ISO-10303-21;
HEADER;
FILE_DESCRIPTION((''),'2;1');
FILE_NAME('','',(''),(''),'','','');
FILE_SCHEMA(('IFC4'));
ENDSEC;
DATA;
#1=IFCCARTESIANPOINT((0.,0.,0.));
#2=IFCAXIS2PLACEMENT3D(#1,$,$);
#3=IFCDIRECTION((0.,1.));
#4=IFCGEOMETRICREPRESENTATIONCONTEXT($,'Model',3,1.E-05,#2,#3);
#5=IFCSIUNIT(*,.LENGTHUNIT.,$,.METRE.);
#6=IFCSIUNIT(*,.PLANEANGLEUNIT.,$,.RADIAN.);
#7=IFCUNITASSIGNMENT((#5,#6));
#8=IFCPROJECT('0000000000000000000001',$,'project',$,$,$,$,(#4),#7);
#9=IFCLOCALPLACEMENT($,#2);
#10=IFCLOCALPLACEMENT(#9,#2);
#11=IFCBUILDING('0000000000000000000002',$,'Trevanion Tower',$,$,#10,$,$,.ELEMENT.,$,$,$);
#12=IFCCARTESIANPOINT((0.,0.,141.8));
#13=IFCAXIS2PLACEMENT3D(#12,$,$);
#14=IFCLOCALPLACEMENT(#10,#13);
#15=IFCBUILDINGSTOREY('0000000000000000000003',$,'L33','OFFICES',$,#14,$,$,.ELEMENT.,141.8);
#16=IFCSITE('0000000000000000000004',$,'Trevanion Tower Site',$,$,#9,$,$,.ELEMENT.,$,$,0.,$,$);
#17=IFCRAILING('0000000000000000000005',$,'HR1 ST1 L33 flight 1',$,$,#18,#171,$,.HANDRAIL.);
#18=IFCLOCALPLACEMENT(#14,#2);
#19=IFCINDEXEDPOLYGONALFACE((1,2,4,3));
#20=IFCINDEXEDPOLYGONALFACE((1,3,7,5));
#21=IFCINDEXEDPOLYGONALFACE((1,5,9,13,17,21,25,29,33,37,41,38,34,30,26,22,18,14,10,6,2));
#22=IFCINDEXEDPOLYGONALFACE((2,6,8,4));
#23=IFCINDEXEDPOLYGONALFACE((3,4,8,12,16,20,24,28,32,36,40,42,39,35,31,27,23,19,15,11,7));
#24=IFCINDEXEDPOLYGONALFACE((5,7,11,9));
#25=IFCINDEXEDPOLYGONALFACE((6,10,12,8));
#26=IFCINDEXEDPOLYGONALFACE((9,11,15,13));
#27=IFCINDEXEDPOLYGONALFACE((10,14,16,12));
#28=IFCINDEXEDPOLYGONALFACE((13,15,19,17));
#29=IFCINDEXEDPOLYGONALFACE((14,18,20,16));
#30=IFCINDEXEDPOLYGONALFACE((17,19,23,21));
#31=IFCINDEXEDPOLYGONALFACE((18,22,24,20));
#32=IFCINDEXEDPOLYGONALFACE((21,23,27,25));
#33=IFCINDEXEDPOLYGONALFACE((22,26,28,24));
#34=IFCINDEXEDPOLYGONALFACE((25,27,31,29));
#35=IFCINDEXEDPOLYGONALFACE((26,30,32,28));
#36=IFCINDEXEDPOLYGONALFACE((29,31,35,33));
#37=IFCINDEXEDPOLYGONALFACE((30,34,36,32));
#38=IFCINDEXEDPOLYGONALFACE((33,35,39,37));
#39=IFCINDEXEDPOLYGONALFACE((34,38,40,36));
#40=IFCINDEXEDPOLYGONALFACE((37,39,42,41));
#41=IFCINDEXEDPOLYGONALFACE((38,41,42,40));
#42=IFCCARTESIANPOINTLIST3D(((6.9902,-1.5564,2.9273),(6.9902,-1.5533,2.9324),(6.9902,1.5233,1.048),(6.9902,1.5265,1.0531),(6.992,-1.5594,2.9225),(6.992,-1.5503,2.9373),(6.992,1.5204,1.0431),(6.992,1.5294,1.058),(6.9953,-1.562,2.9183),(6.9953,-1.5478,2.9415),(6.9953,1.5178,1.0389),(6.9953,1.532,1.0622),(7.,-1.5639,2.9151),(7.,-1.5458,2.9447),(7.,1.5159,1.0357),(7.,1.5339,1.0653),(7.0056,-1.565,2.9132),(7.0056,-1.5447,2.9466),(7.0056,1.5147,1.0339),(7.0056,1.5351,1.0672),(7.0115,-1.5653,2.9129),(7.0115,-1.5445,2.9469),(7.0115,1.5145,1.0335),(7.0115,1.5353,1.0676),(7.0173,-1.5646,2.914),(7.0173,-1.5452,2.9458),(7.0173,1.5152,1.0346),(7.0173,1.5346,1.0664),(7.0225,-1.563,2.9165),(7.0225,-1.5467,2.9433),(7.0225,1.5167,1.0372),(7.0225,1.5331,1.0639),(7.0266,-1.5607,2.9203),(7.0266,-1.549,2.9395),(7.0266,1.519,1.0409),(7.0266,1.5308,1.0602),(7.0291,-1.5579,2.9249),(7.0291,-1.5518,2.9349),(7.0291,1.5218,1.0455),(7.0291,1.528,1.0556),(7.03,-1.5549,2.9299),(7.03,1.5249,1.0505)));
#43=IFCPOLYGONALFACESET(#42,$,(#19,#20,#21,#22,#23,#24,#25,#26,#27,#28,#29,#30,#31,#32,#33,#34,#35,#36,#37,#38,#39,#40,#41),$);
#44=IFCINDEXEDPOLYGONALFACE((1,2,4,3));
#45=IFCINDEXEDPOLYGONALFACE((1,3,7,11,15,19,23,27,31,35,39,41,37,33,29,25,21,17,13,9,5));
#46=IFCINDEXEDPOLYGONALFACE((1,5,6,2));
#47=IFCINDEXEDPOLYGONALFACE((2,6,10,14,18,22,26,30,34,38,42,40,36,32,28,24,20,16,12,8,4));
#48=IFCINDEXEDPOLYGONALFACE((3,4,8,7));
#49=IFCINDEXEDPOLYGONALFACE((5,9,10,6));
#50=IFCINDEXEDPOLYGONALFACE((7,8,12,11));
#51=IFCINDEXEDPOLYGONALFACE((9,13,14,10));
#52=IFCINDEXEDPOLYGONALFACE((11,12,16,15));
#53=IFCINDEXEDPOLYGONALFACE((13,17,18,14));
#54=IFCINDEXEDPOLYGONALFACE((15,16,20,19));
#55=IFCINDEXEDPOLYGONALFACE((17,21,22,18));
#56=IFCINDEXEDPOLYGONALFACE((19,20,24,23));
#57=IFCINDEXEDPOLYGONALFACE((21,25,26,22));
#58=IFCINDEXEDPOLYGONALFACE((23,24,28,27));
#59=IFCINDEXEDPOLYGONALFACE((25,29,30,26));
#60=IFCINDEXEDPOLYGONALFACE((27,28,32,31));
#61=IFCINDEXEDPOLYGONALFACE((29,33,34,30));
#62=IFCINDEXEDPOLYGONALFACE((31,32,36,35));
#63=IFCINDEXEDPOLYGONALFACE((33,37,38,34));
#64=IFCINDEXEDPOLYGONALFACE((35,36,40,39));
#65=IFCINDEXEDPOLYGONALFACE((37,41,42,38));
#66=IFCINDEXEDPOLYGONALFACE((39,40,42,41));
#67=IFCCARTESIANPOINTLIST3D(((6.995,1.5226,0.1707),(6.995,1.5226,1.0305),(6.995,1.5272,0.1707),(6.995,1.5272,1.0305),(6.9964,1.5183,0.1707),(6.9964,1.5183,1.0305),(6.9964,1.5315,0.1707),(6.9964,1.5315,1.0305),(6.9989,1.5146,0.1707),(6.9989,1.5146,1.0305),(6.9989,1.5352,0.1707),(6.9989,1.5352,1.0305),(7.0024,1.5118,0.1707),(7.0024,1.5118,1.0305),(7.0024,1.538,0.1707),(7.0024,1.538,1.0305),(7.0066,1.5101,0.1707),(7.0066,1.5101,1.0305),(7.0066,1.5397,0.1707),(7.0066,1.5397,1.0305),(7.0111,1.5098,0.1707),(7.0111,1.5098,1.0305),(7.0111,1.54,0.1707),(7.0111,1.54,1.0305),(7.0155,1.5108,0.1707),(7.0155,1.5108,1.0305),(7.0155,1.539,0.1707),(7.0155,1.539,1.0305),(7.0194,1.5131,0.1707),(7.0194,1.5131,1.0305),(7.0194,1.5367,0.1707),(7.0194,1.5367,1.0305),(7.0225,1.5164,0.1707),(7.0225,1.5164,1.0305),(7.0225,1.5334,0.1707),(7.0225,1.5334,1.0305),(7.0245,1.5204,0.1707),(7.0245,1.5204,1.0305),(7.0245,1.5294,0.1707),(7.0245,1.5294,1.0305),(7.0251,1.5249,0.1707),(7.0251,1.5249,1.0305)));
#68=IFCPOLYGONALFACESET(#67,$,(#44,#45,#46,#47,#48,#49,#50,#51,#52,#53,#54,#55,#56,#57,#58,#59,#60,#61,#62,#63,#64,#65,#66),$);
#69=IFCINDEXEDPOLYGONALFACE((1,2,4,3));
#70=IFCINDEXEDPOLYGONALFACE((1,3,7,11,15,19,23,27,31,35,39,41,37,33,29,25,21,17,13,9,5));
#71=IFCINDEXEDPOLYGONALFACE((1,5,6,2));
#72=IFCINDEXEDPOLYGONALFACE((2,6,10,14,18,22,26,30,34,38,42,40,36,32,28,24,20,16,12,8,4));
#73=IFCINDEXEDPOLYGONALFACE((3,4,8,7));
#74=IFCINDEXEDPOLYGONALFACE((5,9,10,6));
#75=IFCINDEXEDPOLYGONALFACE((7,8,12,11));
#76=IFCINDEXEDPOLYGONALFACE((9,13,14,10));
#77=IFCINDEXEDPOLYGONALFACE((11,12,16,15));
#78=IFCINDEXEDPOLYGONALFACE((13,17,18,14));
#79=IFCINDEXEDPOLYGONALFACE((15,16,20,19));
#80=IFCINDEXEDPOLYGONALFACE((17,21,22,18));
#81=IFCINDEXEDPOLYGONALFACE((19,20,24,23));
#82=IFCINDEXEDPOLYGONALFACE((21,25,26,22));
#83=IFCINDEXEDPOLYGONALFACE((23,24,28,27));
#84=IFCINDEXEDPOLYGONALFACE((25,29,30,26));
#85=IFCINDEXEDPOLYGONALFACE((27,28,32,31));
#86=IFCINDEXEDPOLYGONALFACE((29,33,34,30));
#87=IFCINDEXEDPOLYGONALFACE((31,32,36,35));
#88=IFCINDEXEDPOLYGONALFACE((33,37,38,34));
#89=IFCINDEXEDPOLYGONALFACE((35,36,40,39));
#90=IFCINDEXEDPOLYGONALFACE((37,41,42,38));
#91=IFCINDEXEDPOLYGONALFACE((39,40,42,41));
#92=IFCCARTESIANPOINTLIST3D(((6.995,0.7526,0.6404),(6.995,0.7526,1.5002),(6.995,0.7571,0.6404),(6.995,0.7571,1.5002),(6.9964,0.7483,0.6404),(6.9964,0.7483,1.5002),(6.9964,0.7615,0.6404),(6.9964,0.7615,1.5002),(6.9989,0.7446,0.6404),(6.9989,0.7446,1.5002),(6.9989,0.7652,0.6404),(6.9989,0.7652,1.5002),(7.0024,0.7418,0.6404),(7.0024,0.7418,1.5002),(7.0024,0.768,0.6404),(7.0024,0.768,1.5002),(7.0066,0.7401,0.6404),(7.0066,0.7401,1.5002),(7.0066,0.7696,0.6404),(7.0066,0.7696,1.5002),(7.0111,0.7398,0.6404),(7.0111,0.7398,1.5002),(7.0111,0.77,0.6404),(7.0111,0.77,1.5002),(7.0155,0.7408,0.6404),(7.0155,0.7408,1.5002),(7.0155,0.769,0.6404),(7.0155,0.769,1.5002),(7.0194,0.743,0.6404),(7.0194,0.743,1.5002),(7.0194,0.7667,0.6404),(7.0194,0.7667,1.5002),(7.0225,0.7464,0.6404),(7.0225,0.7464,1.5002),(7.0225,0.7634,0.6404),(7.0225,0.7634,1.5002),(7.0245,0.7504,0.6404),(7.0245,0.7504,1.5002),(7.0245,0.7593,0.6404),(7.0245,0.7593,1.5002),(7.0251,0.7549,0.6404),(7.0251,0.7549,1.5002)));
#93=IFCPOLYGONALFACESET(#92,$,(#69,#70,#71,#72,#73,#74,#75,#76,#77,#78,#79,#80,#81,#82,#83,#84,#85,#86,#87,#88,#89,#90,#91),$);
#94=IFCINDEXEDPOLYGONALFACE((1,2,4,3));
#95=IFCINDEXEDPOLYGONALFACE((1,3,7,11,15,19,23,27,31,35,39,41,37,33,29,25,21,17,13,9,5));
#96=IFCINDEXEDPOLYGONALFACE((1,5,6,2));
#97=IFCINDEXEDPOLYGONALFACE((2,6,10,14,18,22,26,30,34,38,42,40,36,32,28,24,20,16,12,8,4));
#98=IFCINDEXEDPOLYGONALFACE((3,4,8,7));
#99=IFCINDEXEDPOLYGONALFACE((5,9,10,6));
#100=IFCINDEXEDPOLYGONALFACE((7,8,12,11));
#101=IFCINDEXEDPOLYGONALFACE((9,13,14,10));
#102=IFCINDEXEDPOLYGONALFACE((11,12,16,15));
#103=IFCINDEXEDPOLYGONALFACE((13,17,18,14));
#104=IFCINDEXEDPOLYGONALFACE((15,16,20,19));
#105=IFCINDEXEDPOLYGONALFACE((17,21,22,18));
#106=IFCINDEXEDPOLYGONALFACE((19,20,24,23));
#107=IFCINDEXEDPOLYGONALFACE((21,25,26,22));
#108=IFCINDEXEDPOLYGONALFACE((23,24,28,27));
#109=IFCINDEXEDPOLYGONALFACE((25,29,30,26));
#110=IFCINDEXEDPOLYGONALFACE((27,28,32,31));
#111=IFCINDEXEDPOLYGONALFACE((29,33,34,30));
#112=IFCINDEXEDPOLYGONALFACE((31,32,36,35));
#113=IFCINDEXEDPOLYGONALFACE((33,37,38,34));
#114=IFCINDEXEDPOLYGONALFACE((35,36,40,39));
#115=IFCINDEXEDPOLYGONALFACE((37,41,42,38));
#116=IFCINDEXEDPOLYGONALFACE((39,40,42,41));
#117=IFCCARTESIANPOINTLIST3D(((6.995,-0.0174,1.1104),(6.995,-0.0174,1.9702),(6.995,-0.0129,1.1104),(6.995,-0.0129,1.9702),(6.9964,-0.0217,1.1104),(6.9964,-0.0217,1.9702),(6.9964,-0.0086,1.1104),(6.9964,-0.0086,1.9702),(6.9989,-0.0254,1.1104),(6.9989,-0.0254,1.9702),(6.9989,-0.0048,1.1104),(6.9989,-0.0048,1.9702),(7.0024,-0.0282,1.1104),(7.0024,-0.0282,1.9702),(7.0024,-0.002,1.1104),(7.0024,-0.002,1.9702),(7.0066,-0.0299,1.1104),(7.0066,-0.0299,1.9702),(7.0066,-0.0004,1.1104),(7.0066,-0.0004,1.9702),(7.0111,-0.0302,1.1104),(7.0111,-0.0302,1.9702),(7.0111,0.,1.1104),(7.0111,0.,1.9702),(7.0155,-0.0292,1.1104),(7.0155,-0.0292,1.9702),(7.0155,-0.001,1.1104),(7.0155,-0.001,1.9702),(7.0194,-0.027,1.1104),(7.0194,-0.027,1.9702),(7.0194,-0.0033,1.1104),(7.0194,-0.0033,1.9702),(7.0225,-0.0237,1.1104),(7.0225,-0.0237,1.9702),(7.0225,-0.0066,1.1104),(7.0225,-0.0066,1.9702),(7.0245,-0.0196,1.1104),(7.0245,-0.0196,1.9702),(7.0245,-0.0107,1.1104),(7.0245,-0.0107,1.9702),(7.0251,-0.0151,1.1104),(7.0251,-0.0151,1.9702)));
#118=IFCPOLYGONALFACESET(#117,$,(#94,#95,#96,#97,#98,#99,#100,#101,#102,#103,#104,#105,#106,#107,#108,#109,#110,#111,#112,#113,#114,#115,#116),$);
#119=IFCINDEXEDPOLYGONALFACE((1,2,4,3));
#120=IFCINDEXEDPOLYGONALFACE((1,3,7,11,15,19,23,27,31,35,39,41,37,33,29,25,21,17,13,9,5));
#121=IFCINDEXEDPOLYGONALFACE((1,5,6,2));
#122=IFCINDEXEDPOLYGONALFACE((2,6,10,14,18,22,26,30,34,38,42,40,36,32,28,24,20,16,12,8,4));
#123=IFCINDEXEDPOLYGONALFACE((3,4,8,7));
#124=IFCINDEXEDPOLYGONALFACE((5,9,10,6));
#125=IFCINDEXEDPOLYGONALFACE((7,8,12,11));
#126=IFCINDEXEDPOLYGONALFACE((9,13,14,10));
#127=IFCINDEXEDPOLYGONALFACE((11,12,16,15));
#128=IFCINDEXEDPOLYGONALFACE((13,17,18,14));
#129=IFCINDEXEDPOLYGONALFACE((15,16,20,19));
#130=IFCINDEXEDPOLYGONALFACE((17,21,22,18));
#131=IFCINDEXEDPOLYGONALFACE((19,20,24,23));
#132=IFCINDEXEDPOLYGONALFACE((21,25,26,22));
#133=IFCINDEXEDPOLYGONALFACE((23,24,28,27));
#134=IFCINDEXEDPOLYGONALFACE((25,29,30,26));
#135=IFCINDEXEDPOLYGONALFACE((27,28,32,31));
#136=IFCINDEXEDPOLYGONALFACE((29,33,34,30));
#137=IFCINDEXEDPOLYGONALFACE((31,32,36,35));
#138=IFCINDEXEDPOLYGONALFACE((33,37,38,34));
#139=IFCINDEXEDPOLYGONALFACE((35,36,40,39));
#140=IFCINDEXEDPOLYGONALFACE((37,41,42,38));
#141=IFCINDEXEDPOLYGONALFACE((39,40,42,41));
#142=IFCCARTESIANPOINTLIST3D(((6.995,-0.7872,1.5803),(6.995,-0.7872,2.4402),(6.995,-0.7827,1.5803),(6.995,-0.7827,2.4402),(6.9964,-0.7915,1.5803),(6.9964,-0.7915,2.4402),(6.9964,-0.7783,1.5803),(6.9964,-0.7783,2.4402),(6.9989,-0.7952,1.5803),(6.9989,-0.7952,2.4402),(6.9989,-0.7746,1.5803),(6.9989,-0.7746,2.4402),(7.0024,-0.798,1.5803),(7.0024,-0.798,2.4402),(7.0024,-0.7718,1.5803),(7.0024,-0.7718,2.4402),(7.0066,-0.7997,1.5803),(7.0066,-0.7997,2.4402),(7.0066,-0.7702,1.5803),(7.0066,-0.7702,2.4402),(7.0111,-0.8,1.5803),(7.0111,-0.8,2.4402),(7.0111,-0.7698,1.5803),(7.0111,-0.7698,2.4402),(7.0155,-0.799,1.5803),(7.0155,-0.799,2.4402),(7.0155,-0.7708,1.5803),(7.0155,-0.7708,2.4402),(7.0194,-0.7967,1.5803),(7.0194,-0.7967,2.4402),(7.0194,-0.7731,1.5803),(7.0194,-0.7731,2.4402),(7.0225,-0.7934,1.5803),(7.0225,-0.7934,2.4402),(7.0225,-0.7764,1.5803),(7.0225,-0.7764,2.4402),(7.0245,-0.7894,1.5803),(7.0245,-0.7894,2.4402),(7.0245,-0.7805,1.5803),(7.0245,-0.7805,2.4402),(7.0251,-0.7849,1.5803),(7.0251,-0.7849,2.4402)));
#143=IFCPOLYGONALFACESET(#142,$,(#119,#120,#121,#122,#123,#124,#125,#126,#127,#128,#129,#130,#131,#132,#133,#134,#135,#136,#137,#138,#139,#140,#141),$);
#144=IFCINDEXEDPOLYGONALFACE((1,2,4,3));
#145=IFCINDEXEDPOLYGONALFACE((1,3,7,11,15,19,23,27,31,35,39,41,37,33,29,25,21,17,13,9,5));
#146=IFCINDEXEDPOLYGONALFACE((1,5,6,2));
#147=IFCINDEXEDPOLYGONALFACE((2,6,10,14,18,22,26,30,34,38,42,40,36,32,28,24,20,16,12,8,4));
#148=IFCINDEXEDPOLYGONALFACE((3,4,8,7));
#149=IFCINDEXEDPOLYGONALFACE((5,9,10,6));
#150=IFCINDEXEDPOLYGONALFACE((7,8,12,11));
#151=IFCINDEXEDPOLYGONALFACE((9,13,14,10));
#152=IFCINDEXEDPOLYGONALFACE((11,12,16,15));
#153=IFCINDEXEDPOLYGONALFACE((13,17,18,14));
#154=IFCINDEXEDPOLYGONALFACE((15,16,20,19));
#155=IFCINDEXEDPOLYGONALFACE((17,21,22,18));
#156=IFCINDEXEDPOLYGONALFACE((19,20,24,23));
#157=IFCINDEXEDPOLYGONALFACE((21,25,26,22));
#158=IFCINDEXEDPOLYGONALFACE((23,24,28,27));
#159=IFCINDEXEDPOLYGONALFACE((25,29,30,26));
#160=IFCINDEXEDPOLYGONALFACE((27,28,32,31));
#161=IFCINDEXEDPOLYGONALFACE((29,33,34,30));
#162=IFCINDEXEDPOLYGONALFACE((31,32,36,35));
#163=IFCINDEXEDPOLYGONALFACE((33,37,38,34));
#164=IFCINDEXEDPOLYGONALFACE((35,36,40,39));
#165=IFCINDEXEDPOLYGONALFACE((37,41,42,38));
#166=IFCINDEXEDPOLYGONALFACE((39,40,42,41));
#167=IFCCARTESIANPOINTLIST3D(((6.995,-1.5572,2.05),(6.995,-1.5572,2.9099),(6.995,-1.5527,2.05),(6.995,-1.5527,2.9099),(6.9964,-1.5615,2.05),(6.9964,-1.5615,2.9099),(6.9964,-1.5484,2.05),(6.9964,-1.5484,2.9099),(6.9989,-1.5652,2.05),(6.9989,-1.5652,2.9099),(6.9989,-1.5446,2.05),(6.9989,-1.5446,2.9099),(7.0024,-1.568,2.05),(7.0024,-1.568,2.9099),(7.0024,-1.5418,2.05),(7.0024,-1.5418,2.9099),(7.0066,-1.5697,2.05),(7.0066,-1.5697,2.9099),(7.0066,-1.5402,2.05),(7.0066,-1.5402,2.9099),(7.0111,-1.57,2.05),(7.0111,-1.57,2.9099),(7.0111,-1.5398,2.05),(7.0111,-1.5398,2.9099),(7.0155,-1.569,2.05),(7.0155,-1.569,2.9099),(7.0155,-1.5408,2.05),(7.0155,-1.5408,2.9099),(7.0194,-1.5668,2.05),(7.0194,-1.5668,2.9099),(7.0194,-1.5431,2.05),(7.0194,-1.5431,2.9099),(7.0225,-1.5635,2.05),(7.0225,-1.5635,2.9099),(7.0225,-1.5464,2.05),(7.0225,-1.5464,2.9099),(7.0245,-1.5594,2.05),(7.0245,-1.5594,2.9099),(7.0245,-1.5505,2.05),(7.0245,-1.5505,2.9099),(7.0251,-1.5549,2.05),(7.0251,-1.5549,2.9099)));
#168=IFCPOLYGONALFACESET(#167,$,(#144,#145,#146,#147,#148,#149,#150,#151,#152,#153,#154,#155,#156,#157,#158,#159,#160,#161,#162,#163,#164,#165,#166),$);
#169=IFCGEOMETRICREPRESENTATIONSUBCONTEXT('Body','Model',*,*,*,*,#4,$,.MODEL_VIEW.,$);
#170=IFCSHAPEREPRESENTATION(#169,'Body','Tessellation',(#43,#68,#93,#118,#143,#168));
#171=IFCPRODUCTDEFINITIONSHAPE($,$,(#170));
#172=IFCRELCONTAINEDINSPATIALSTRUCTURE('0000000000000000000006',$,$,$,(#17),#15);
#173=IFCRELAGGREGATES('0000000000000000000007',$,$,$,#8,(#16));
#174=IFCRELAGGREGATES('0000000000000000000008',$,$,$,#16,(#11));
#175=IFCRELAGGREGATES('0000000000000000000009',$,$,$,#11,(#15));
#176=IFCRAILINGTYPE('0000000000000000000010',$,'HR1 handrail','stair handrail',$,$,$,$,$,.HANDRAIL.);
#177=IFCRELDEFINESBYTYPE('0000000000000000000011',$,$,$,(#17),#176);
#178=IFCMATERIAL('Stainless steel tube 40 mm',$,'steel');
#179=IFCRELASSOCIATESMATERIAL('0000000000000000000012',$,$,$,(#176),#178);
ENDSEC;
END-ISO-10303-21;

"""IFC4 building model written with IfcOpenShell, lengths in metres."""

from ifc_helpers import new_model, si_unit, direction, frame, origin, origin_2d, place, context, subcontext, project, spatial, circle, extrude, material, type_object, element, save


model = new_model("IFC4")

# Units and contexts
model_context = context("Model", 3, precision=1e-05, world=origin(), true_north=direction((0.0, 1.0)))
body_context = subcontext(model_context, "Body", "Model", "MODEL_VIEW")
ifc_project = project(units=[si_unit("LENGTHUNIT", "METRE"), si_unit("PLANEANGLEUNIT", "RADIAN")], contexts=[model_context])

# Site, building, storey
site_placement = place(None, origin())
site = spatial("IfcSite", under=ifc_project, at=site_placement, Name="Trevanion Tower Site", CompositionType="ELEMENT", RefElevation=0.0)
building_placement = place(site_placement, origin())
building = spatial("IfcBuilding", under=site, at=building_placement, Name="Trevanion Tower", CompositionType="ELEMENT")
storey_placement = place(building_placement, frame((0.0, 0.0, 141.8)))
storey = spatial("IfcBuildingStorey", under=building, at=storey_placement, Name="L33", Description="OFFICES", CompositionType="ELEMENT", Elevation=141.8)

# Railing
ifc_material_1 = material(Name="Stainless steel tube 40 mm", Category="steel")
railing_type = type_object("IfcRailingType", Name="HR1 handrail", Description="stair handrail", PredefinedType="HANDRAIL", material=ifc_material_1)
for number, where, name in (
    (1, (7.01, 1.5249, 0.1707), "HR1 ST1 L33 flight 1"),
):
    element("IfcRailing", number, at=place(storey_placement, frame(where)), inside=storey, type_object=railing_type, Name=name, PredefinedType="HANDRAIL", context=body_context, shape_type="SweptSolid", body=[
        extrude(circle(Radius=0.02, at=origin_2d()), frame((0.0, 0.0, 0.8799), z_axis=(0.0, -0.853618, 0.5209), x_axis=(1.0, 0.0, 0.0)), (0.0, 0.0, 1.0), 3.6079),
        extrude(circle(Radius=0.0151, at=origin_2d()), origin(), (0.0, 0.0, 1.0), 0.8599),
        extrude(circle(Radius=0.0151, at=origin_2d()), frame((0.0, -0.77, 0.4697)), (0.0, 0.0, 1.0), 0.8599),
        extrude(circle(Radius=0.0151, at=origin_2d()), frame((0.0, -1.54, 0.9397)), (0.0, 0.0, 1.0), 0.8599),
        extrude(circle(Radius=0.0151, at=origin_2d()), frame((0.0, -2.3098, 1.4097)), (0.0, 0.0, 1.0), 0.8599),
        extrude(circle(Radius=0.0151, at=origin_2d()), frame((0.0, -3.0798, 1.8794)), (0.0, 0.0, 1.0), 0.8599),
    ])

save(model, "model.ifc")
